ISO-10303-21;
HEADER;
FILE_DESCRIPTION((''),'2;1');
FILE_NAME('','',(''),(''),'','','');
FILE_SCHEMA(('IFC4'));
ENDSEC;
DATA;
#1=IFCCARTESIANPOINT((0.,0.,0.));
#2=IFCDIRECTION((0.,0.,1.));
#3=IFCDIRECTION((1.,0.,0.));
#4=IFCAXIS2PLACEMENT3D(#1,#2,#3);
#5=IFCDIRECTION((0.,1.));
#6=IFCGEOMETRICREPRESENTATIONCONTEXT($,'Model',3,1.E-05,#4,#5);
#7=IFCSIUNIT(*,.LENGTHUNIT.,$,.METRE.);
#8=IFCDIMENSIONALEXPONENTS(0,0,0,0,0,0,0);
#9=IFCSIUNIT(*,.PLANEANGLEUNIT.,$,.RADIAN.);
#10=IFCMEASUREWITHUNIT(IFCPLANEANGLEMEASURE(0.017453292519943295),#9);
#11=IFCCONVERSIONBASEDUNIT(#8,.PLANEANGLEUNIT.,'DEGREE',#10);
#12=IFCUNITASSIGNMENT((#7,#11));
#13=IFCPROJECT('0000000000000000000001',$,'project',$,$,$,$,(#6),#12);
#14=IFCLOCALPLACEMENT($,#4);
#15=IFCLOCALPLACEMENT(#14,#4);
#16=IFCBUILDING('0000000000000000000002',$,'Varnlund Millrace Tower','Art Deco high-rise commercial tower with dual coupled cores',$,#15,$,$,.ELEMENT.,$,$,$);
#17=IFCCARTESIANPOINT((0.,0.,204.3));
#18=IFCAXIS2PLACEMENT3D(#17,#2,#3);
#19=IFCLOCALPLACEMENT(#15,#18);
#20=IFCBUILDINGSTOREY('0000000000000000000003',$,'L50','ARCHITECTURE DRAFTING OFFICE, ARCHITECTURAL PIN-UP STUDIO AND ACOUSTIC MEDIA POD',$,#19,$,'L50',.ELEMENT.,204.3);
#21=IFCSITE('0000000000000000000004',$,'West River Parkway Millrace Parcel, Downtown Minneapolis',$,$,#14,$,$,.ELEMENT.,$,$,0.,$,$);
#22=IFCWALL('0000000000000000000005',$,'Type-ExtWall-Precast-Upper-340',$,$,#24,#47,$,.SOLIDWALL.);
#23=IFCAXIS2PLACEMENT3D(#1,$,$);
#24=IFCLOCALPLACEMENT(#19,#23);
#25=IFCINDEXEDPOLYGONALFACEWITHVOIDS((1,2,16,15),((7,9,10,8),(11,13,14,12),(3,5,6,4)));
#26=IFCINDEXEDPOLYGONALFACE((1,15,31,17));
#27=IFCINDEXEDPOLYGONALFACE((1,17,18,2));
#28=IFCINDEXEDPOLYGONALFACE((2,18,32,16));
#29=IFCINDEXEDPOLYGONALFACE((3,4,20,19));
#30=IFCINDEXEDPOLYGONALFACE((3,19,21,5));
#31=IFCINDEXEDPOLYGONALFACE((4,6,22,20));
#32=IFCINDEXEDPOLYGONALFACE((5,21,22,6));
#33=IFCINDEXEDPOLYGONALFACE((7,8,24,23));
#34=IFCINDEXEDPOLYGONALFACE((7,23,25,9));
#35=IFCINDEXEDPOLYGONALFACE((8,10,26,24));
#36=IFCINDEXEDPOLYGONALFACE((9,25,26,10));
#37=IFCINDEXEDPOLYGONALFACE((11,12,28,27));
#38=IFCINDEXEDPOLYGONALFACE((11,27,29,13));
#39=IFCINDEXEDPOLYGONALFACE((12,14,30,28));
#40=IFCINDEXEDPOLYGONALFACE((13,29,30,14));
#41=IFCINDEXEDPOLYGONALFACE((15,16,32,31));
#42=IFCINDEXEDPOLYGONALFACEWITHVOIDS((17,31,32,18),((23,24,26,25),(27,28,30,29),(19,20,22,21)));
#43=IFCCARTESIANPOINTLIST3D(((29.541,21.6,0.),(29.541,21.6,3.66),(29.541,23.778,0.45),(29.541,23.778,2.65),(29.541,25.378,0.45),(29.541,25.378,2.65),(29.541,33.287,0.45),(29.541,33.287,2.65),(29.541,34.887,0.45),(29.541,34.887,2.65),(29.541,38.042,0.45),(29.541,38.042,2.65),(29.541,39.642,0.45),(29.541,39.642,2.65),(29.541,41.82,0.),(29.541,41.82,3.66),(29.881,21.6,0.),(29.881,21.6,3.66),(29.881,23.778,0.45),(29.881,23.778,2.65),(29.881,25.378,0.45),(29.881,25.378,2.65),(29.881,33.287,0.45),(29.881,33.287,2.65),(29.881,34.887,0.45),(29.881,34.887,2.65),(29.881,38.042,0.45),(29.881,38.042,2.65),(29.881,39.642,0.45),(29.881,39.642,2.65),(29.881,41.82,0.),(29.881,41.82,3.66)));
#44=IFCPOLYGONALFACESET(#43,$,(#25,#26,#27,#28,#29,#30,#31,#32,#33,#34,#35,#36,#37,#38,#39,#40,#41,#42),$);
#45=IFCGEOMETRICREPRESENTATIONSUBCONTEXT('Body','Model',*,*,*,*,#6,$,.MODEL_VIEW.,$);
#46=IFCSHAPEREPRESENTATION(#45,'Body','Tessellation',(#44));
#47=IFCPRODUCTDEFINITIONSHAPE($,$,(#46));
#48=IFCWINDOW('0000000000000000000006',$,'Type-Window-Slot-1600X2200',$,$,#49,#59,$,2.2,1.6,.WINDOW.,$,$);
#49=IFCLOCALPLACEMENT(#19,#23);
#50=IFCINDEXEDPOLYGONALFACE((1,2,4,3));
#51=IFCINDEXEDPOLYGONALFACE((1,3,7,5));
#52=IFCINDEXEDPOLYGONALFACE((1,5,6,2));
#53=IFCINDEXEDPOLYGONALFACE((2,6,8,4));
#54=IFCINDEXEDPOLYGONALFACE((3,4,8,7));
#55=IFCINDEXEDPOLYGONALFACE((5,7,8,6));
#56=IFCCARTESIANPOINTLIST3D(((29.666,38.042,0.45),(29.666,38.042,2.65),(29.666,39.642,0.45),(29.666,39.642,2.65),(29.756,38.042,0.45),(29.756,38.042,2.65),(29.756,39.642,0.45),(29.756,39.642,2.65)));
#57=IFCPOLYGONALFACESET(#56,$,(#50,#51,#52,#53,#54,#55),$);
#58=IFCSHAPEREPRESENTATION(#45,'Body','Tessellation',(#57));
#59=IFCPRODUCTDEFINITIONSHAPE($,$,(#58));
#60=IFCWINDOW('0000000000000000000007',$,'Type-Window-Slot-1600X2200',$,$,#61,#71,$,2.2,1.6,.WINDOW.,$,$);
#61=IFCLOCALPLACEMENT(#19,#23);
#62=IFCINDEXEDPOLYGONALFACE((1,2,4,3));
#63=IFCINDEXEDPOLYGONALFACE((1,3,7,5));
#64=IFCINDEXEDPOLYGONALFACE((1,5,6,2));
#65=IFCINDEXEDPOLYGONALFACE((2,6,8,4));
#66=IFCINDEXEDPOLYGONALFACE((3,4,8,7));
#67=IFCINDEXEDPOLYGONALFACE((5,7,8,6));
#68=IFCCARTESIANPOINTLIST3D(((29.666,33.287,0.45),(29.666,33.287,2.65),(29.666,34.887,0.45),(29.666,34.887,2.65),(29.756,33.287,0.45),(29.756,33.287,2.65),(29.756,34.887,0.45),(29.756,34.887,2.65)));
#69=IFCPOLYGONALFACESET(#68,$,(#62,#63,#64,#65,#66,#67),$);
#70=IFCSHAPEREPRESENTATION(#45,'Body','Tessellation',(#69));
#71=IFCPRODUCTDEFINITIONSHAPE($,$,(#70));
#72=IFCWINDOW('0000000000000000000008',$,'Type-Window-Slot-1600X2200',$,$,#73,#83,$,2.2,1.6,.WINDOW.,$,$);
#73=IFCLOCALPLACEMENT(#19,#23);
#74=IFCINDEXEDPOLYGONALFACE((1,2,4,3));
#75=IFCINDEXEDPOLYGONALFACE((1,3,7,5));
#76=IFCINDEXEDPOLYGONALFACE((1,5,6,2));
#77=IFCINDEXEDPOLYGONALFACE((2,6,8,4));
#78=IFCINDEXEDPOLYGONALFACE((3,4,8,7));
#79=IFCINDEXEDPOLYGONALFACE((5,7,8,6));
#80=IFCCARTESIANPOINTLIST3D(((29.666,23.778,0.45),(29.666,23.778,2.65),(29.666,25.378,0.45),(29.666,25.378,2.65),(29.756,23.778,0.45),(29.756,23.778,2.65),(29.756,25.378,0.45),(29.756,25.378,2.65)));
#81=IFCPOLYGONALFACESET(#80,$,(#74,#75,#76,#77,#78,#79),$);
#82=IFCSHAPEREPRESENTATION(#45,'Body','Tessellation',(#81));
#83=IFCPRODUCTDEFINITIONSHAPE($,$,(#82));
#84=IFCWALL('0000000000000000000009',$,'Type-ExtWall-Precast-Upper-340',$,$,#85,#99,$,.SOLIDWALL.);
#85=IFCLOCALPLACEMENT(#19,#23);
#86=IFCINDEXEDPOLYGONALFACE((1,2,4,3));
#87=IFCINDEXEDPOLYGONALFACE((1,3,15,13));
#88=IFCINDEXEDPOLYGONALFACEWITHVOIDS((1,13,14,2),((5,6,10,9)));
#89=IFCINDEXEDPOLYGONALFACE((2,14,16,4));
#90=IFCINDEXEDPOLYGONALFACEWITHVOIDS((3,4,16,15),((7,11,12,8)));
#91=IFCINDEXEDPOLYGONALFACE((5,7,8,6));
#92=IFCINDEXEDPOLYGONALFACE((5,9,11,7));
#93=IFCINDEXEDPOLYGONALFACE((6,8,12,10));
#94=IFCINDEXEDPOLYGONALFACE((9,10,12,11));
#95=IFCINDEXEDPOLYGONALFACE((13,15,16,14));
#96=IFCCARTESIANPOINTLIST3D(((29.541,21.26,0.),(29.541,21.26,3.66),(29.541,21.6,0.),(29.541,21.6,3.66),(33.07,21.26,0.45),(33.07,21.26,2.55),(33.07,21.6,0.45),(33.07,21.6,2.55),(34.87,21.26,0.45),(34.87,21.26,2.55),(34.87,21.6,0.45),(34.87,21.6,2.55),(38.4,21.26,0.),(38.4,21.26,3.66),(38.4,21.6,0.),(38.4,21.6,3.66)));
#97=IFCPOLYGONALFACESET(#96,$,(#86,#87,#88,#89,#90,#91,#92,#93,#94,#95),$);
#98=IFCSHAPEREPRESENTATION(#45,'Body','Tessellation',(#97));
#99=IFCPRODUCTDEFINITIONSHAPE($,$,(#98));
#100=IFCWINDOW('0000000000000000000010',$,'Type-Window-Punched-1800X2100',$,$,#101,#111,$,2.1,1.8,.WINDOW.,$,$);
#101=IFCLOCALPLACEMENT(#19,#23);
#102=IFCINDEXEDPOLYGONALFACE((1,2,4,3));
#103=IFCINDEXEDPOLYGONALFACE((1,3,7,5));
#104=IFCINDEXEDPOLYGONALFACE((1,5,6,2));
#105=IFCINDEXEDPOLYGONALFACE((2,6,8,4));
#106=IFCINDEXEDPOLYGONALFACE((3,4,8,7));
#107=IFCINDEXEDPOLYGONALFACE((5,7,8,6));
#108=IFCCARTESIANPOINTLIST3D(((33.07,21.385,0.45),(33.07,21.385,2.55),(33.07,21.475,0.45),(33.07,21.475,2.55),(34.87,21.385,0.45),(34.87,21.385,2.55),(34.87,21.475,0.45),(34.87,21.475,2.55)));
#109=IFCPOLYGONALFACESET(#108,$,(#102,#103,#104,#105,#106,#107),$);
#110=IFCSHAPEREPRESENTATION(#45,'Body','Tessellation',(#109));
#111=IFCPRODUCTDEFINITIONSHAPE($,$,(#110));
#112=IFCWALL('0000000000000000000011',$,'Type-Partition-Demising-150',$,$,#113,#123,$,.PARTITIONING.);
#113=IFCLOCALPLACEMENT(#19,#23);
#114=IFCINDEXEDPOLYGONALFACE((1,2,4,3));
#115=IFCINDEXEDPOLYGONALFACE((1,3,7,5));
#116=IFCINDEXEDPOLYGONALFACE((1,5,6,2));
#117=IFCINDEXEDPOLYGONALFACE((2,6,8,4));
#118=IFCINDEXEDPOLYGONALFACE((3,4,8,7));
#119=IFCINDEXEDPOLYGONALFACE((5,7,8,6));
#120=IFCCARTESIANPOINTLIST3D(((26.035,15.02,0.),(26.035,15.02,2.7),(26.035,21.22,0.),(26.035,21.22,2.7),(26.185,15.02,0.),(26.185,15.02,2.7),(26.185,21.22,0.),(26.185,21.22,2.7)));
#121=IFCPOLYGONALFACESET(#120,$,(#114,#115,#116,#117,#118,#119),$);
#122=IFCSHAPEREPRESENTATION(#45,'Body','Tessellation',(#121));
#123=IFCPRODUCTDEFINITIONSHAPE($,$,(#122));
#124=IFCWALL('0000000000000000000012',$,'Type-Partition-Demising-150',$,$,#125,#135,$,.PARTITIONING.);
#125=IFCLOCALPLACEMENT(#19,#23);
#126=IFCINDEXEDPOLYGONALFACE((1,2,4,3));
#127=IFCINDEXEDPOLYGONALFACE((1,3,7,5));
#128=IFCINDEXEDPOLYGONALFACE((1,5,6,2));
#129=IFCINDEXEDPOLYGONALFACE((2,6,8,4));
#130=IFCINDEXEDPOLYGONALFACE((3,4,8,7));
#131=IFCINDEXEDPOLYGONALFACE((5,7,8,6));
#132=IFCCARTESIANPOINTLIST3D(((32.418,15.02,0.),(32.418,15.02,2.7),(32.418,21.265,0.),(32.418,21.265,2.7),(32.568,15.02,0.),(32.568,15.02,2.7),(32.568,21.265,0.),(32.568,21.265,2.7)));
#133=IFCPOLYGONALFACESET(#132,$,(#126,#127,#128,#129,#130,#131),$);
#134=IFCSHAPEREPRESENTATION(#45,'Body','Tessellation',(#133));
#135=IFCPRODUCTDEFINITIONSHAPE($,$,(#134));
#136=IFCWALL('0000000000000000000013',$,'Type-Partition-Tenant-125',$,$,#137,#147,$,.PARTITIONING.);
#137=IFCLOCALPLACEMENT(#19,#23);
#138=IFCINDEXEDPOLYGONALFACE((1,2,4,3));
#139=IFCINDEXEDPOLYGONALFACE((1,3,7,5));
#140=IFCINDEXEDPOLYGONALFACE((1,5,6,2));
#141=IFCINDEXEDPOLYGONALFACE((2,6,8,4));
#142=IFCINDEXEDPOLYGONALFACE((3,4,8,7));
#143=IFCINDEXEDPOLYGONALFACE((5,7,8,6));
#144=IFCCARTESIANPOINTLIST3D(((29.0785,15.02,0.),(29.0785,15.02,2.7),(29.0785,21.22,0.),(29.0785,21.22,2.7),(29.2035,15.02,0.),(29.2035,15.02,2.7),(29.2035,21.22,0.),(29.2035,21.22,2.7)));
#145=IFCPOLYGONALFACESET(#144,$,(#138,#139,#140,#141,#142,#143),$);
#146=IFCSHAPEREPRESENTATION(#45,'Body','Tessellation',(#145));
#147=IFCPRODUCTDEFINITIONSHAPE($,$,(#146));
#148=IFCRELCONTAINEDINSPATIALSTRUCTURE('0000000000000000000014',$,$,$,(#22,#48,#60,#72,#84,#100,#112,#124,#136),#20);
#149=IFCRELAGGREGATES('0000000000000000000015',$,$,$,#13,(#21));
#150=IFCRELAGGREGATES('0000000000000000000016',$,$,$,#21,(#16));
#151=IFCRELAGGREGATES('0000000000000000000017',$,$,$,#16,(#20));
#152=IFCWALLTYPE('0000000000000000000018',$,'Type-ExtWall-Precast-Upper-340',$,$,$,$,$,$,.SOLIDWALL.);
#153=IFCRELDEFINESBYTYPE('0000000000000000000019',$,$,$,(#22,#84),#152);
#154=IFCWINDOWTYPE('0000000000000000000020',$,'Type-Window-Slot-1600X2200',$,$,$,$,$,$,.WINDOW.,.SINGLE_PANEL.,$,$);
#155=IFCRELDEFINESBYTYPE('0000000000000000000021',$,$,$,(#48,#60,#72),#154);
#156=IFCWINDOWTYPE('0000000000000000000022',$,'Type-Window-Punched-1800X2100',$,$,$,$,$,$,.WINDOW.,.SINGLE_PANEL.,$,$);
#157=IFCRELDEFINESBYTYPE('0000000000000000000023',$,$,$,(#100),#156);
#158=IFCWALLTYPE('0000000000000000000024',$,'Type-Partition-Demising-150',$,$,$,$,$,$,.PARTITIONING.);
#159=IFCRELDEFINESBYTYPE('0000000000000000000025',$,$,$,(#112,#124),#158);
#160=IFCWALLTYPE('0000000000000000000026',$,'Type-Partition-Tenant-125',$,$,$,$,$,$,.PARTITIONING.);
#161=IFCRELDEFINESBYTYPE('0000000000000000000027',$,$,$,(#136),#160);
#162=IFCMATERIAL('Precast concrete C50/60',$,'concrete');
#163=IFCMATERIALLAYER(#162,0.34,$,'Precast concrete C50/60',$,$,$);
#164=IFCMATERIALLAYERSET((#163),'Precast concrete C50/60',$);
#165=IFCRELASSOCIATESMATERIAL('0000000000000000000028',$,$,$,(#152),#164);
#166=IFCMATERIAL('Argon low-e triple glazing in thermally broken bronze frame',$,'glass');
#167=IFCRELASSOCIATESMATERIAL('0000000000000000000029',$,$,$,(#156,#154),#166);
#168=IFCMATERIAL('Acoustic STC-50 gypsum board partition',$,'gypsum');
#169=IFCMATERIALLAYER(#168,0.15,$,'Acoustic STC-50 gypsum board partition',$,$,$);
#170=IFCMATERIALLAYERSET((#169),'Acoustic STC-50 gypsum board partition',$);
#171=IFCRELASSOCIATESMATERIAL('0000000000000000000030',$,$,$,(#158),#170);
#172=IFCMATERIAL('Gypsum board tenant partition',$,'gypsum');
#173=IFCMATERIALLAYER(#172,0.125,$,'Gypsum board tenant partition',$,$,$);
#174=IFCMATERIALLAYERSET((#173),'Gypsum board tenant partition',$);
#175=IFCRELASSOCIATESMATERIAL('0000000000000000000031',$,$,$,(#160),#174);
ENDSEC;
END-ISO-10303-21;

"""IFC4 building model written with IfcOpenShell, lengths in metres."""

from ifc_helpers import new_model, entity, si_unit, converted_unit, direction, frame, origin_with_axes, origin_2d_with_axis, place, context, subcontext, project, spatial, polyline, rectangle, outline, extrude, material, layer, layer_set, type_object, element, fill, save


model = new_model("IFC4")

# Units and contexts
model_context = context("Model", 3, precision=1e-05, world=origin_with_axes(), true_north=direction((0.0, 1.0)))
body_context = subcontext(model_context, "Body", "Model", "MODEL_VIEW")
ifc_project = project(units=[si_unit("LENGTHUNIT", "METRE"), converted_unit("PLANEANGLEUNIT", "DEGREE", entity("IfcPlaneAngleMeasure", 0.017453292519943295), si_unit("PLANEANGLEUNIT", "RADIAN"), dimensions=[0, 0, 0, 0, 0, 0, 0])], contexts=[model_context])

# Site, building, storey
site_placement = place(None, origin_with_axes())
site = spatial("IfcSite", under=ifc_project, at=site_placement, Name="West River Parkway Millrace Parcel, Downtown Minneapolis", CompositionType="ELEMENT", RefElevation=0.0)
building_placement = place(site_placement, origin_with_axes())
building = spatial("IfcBuilding", under=site, at=building_placement, Name="Varnlund Millrace Tower", Description="Art Deco high-rise commercial tower with dual coupled cores", CompositionType="ELEMENT")
storey_placement = place(building_placement, frame((0.0, 0.0, 204.3), z_axis=(0.0, 0.0, 1.0), x_axis=(1.0, 0.0, 0.0)))
storey = spatial("IfcBuildingStorey", under=building, at=storey_placement, Name="L50", Description="ARCHITECTURE DRAFTING OFFICE, ARCHITECTURAL PIN-UP STUDIO AND ACOUSTIC MEDIA POD", LongName="L50", CompositionType="ELEMENT", Elevation=204.3)

# Shared definitions
ifc_material_1 = material(Name="Precast concrete C50/60", Category="concrete")
ifc_layer_1 = layer(ifc_material_1, 0.34, Name="Precast concrete C50/60")
ifc_layer_set_1 = layer_set([ifc_layer_1], Name="Precast concrete C50/60")
wall_type_1 = type_object("IfcWallType", Name="Type-ExtWall-Precast-Upper-340", PredefinedType="SOLIDWALL", material=ifc_layer_set_1)

# Shared definitions
ifc_material_2 = material(Name="Argon low-e triple glazing in thermally broken bronze frame", Category="glass")
window_type_1 = type_object("IfcWindowType", Name="Type-Window-Punched-1800X2100", PartitioningType="SINGLE_PANEL", PredefinedType="WINDOW", material=ifc_material_2)

# Wall, openings, windows
wall_1_placement = place(storey_placement, frame((29.711, 41.82, 0.0), z_axis=(0.0, 0.0, 1.0), x_axis=(0.0, -1.0, 0.0)))
wall_1 = element("IfcWall", 1, at=wall_1_placement, inside=storey, type_object=wall_type_1, Name="Type-ExtWall-Precast-Upper-340", PredefinedType="SOLIDWALL", context=body_context, shape_type="SweptSolid", body=[
    extrude(outline(polyline([(0.0, -0.17), (20.22, -0.17), (20.22, 0.17), (0.0, 0.17), (0.0, -0.17)])), origin_with_axes(), (0.0, 0.0, 1.0), 3.66),
])
opening_1_placement = place(wall_1_placement, frame((2.978, 0.0, 0.45), z_axis=(0.0, 0.0, 1.0), x_axis=(1.0, 0.0, 0.0)))
opening_1 = element("IfcOpeningElement", 2, at=opening_1_placement, cuts=wall_1, PredefinedType="OPENING", context=body_context, shape_type="SweptSolid", body=[
    extrude(rectangle(XDim=1.6, YDim=0.36, at=origin_2d_with_axis()), origin_with_axes(), (0.0, 0.0, 1.0), 2.2),
])
opening_2_placement = place(wall_1_placement, frame((7.733, 0.0, 0.45), z_axis=(0.0, 0.0, 1.0), x_axis=(1.0, 0.0, 0.0)))
opening_2 = element("IfcOpeningElement", 3, at=opening_2_placement, cuts=wall_1, PredefinedType="OPENING", context=body_context, shape_type="SweptSolid", body=[
    extrude(rectangle(XDim=1.6, YDim=0.36, at=origin_2d_with_axis()), origin_with_axes(), (0.0, 0.0, 1.0), 2.2),
])
opening_3_placement = place(wall_1_placement, frame((17.242, 0.0, 0.45), z_axis=(0.0, 0.0, 1.0), x_axis=(1.0, 0.0, 0.0)))
opening_3 = element("IfcOpeningElement", 4, at=opening_3_placement, cuts=wall_1, PredefinedType="OPENING", context=body_context, shape_type="SweptSolid", body=[
    extrude(rectangle(XDim=1.6, YDim=0.36, at=origin_2d_with_axis()), origin_with_axes(), (0.0, 0.0, 1.0), 2.2),
])
window_type_2 = type_object("IfcWindowType", Name="Type-Window-Slot-1600X2200", PartitioningType="SINGLE_PANEL", PredefinedType="WINDOW", material=ifc_material_2)
window_1_placement = place(wall_1_placement, frame((2.978, 0.0, 0.45), z_axis=(0.0, 0.0, 1.0), x_axis=(1.0, 0.0, 0.0)))
window_1 = element("IfcWindow", 5, at=window_1_placement, inside=storey, type_object=window_type_2, Name="Type-Window-Slot-1600X2200", OverallHeight=2.2, OverallWidth=1.6, PredefinedType="WINDOW", context=body_context, shape_type="SweptSolid", body=[
    extrude(rectangle(XDim=1.6, YDim=0.09, at=origin_2d_with_axis()), origin_with_axes(), (0.0, 0.0, 1.0), 2.2),
])
fill(opening_1, window_1)
window_2_placement = place(wall_1_placement, frame((7.733, 0.0, 0.45), z_axis=(0.0, 0.0, 1.0), x_axis=(1.0, 0.0, 0.0)))
window_2 = element("IfcWindow", 6, at=window_2_placement, inside=storey, type_object=window_type_2, Name="Type-Window-Slot-1600X2200", OverallHeight=2.2, OverallWidth=1.6, PredefinedType="WINDOW", context=body_context, shape_type="SweptSolid", body=[
    extrude(rectangle(XDim=1.6, YDim=0.09, at=origin_2d_with_axis()), origin_with_axes(), (0.0, 0.0, 1.0), 2.2),
])
fill(opening_2, window_2)
window_3_placement = place(wall_1_placement, frame((17.242, 0.0, 0.45), z_axis=(0.0, 0.0, 1.0), x_axis=(1.0, 0.0, 0.0)))
window_3 = element("IfcWindow", 7, at=window_3_placement, inside=storey, type_object=window_type_2, Name="Type-Window-Slot-1600X2200", OverallHeight=2.2, OverallWidth=1.6, PredefinedType="WINDOW", context=body_context, shape_type="SweptSolid", body=[
    extrude(rectangle(XDim=1.6, YDim=0.09, at=origin_2d_with_axis()), origin_with_axes(), (0.0, 0.0, 1.0), 2.2),
])
fill(opening_3, window_3)

# Wall, opening, window
wall_2_placement = place(storey_placement, frame((29.541, 21.43, 0.0), z_axis=(0.0, 0.0, 1.0), x_axis=(1.0, 0.0, 0.0)))
wall_2 = element("IfcWall", 8, at=wall_2_placement, inside=storey, type_object=wall_type_1, Name="Type-ExtWall-Precast-Upper-340", PredefinedType="SOLIDWALL", context=body_context, shape_type="SweptSolid", body=[
    extrude(outline(polyline([(0.0, -0.17), (8.859, -0.17), (8.859, 0.17), (0.0, 0.17), (0.0, -0.17)])), origin_with_axes(), (0.0, 0.0, 1.0), 3.66),
])
opening_4_placement = place(wall_2_placement, frame((4.429, 0.0, 0.45), z_axis=(0.0, 0.0, 1.0), x_axis=(1.0, 0.0, 0.0)))
opening_4 = element("IfcOpeningElement", 9, at=opening_4_placement, cuts=wall_2, PredefinedType="OPENING", context=body_context, shape_type="SweptSolid", body=[
    extrude(rectangle(XDim=1.8, YDim=0.36, at=origin_2d_with_axis()), origin_with_axes(), (0.0, 0.0, 1.0), 2.1),
])
window_4_placement = place(wall_2_placement, frame((4.429, 0.0, 0.45), z_axis=(0.0, 0.0, 1.0), x_axis=(1.0, 0.0, 0.0)))
window_4 = element("IfcWindow", 10, at=window_4_placement, inside=storey, type_object=window_type_1, Name="Type-Window-Punched-1800X2100", OverallHeight=2.1, OverallWidth=1.8, PredefinedType="WINDOW", context=body_context, shape_type="SweptSolid", body=[
    extrude(rectangle(XDim=1.8, YDim=0.09, at=origin_2d_with_axis()), origin_with_axes(), (0.0, 0.0, 1.0), 2.1),
])
fill(opening_4, window_4)

# Walls
ifc_material_3 = material(Name="Acoustic STC-50 gypsum board partition", Category="gypsum")
ifc_layer_2 = layer(ifc_material_3, 0.15, Name="Acoustic STC-50 gypsum board partition")
ifc_layer_set_2 = layer_set([ifc_layer_2], Name="Acoustic STC-50 gypsum board partition")
wall_type_2 = type_object("IfcWallType", Name="Type-Partition-Demising-150", PredefinedType="PARTITIONING", material=ifc_layer_set_2)
wall_3_placement = place(storey_placement, frame((26.11, 15.02, 0.0), z_axis=(0.0, 0.0, 1.0), x_axis=(0.0, 1.0, 0.0)))
element("IfcWall", 11, at=wall_3_placement, inside=storey, type_object=wall_type_2, Name="Type-Partition-Demising-150", PredefinedType="PARTITIONING", context=body_context, shape_type="SweptSolid", body=[
    extrude(outline(polyline([(0.0, -0.075), (6.2, -0.075), (6.2, 0.075), (0.0, 0.075), (0.0, -0.075)])), origin_with_axes(), (0.0, 0.0, 1.0), 2.7),
])
wall_4_placement = place(storey_placement, frame((32.493, 15.02, 0.0), z_axis=(0.0, 0.0, 1.0), x_axis=(0.0, 1.0, 0.0)))
element("IfcWall", 12, at=wall_4_placement, inside=storey, type_object=wall_type_2, Name="Type-Partition-Demising-150", PredefinedType="PARTITIONING", context=body_context, shape_type="SweptSolid", body=[
    extrude(outline(polyline([(0.0, -0.075), (6.245, -0.075), (6.245, 0.075), (0.0, 0.075), (0.0, -0.075)])), origin_with_axes(), (0.0, 0.0, 1.0), 2.7),
])
ifc_material_4 = material(Name="Gypsum board tenant partition", Category="gypsum")
ifc_layer_3 = layer(ifc_material_4, 0.125, Name="Gypsum board tenant partition")
ifc_layer_set_3 = layer_set([ifc_layer_3], Name="Gypsum board tenant partition")
wall_type_3 = type_object("IfcWallType", Name="Type-Partition-Tenant-125", PredefinedType="PARTITIONING", material=ifc_layer_set_3)
wall_5_placement = place(storey_placement, frame((29.141, 15.02, 0.0), z_axis=(0.0, 0.0, 1.0), x_axis=(0.0, 1.0, 0.0)))
element("IfcWall", 13, at=wall_5_placement, inside=storey, type_object=wall_type_3, Name="Type-Partition-Tenant-125", PredefinedType="PARTITIONING", context=body_context, shape_type="SweptSolid", body=[
    extrude(outline(polyline([(0.0, -0.0625), (6.2, -0.0625), (6.2, 0.0625), (0.0, 0.0625), (0.0, -0.0625)])), origin_with_axes(), (0.0, 0.0, 1.0), 2.7),
])

save(model, "model.ifc")
